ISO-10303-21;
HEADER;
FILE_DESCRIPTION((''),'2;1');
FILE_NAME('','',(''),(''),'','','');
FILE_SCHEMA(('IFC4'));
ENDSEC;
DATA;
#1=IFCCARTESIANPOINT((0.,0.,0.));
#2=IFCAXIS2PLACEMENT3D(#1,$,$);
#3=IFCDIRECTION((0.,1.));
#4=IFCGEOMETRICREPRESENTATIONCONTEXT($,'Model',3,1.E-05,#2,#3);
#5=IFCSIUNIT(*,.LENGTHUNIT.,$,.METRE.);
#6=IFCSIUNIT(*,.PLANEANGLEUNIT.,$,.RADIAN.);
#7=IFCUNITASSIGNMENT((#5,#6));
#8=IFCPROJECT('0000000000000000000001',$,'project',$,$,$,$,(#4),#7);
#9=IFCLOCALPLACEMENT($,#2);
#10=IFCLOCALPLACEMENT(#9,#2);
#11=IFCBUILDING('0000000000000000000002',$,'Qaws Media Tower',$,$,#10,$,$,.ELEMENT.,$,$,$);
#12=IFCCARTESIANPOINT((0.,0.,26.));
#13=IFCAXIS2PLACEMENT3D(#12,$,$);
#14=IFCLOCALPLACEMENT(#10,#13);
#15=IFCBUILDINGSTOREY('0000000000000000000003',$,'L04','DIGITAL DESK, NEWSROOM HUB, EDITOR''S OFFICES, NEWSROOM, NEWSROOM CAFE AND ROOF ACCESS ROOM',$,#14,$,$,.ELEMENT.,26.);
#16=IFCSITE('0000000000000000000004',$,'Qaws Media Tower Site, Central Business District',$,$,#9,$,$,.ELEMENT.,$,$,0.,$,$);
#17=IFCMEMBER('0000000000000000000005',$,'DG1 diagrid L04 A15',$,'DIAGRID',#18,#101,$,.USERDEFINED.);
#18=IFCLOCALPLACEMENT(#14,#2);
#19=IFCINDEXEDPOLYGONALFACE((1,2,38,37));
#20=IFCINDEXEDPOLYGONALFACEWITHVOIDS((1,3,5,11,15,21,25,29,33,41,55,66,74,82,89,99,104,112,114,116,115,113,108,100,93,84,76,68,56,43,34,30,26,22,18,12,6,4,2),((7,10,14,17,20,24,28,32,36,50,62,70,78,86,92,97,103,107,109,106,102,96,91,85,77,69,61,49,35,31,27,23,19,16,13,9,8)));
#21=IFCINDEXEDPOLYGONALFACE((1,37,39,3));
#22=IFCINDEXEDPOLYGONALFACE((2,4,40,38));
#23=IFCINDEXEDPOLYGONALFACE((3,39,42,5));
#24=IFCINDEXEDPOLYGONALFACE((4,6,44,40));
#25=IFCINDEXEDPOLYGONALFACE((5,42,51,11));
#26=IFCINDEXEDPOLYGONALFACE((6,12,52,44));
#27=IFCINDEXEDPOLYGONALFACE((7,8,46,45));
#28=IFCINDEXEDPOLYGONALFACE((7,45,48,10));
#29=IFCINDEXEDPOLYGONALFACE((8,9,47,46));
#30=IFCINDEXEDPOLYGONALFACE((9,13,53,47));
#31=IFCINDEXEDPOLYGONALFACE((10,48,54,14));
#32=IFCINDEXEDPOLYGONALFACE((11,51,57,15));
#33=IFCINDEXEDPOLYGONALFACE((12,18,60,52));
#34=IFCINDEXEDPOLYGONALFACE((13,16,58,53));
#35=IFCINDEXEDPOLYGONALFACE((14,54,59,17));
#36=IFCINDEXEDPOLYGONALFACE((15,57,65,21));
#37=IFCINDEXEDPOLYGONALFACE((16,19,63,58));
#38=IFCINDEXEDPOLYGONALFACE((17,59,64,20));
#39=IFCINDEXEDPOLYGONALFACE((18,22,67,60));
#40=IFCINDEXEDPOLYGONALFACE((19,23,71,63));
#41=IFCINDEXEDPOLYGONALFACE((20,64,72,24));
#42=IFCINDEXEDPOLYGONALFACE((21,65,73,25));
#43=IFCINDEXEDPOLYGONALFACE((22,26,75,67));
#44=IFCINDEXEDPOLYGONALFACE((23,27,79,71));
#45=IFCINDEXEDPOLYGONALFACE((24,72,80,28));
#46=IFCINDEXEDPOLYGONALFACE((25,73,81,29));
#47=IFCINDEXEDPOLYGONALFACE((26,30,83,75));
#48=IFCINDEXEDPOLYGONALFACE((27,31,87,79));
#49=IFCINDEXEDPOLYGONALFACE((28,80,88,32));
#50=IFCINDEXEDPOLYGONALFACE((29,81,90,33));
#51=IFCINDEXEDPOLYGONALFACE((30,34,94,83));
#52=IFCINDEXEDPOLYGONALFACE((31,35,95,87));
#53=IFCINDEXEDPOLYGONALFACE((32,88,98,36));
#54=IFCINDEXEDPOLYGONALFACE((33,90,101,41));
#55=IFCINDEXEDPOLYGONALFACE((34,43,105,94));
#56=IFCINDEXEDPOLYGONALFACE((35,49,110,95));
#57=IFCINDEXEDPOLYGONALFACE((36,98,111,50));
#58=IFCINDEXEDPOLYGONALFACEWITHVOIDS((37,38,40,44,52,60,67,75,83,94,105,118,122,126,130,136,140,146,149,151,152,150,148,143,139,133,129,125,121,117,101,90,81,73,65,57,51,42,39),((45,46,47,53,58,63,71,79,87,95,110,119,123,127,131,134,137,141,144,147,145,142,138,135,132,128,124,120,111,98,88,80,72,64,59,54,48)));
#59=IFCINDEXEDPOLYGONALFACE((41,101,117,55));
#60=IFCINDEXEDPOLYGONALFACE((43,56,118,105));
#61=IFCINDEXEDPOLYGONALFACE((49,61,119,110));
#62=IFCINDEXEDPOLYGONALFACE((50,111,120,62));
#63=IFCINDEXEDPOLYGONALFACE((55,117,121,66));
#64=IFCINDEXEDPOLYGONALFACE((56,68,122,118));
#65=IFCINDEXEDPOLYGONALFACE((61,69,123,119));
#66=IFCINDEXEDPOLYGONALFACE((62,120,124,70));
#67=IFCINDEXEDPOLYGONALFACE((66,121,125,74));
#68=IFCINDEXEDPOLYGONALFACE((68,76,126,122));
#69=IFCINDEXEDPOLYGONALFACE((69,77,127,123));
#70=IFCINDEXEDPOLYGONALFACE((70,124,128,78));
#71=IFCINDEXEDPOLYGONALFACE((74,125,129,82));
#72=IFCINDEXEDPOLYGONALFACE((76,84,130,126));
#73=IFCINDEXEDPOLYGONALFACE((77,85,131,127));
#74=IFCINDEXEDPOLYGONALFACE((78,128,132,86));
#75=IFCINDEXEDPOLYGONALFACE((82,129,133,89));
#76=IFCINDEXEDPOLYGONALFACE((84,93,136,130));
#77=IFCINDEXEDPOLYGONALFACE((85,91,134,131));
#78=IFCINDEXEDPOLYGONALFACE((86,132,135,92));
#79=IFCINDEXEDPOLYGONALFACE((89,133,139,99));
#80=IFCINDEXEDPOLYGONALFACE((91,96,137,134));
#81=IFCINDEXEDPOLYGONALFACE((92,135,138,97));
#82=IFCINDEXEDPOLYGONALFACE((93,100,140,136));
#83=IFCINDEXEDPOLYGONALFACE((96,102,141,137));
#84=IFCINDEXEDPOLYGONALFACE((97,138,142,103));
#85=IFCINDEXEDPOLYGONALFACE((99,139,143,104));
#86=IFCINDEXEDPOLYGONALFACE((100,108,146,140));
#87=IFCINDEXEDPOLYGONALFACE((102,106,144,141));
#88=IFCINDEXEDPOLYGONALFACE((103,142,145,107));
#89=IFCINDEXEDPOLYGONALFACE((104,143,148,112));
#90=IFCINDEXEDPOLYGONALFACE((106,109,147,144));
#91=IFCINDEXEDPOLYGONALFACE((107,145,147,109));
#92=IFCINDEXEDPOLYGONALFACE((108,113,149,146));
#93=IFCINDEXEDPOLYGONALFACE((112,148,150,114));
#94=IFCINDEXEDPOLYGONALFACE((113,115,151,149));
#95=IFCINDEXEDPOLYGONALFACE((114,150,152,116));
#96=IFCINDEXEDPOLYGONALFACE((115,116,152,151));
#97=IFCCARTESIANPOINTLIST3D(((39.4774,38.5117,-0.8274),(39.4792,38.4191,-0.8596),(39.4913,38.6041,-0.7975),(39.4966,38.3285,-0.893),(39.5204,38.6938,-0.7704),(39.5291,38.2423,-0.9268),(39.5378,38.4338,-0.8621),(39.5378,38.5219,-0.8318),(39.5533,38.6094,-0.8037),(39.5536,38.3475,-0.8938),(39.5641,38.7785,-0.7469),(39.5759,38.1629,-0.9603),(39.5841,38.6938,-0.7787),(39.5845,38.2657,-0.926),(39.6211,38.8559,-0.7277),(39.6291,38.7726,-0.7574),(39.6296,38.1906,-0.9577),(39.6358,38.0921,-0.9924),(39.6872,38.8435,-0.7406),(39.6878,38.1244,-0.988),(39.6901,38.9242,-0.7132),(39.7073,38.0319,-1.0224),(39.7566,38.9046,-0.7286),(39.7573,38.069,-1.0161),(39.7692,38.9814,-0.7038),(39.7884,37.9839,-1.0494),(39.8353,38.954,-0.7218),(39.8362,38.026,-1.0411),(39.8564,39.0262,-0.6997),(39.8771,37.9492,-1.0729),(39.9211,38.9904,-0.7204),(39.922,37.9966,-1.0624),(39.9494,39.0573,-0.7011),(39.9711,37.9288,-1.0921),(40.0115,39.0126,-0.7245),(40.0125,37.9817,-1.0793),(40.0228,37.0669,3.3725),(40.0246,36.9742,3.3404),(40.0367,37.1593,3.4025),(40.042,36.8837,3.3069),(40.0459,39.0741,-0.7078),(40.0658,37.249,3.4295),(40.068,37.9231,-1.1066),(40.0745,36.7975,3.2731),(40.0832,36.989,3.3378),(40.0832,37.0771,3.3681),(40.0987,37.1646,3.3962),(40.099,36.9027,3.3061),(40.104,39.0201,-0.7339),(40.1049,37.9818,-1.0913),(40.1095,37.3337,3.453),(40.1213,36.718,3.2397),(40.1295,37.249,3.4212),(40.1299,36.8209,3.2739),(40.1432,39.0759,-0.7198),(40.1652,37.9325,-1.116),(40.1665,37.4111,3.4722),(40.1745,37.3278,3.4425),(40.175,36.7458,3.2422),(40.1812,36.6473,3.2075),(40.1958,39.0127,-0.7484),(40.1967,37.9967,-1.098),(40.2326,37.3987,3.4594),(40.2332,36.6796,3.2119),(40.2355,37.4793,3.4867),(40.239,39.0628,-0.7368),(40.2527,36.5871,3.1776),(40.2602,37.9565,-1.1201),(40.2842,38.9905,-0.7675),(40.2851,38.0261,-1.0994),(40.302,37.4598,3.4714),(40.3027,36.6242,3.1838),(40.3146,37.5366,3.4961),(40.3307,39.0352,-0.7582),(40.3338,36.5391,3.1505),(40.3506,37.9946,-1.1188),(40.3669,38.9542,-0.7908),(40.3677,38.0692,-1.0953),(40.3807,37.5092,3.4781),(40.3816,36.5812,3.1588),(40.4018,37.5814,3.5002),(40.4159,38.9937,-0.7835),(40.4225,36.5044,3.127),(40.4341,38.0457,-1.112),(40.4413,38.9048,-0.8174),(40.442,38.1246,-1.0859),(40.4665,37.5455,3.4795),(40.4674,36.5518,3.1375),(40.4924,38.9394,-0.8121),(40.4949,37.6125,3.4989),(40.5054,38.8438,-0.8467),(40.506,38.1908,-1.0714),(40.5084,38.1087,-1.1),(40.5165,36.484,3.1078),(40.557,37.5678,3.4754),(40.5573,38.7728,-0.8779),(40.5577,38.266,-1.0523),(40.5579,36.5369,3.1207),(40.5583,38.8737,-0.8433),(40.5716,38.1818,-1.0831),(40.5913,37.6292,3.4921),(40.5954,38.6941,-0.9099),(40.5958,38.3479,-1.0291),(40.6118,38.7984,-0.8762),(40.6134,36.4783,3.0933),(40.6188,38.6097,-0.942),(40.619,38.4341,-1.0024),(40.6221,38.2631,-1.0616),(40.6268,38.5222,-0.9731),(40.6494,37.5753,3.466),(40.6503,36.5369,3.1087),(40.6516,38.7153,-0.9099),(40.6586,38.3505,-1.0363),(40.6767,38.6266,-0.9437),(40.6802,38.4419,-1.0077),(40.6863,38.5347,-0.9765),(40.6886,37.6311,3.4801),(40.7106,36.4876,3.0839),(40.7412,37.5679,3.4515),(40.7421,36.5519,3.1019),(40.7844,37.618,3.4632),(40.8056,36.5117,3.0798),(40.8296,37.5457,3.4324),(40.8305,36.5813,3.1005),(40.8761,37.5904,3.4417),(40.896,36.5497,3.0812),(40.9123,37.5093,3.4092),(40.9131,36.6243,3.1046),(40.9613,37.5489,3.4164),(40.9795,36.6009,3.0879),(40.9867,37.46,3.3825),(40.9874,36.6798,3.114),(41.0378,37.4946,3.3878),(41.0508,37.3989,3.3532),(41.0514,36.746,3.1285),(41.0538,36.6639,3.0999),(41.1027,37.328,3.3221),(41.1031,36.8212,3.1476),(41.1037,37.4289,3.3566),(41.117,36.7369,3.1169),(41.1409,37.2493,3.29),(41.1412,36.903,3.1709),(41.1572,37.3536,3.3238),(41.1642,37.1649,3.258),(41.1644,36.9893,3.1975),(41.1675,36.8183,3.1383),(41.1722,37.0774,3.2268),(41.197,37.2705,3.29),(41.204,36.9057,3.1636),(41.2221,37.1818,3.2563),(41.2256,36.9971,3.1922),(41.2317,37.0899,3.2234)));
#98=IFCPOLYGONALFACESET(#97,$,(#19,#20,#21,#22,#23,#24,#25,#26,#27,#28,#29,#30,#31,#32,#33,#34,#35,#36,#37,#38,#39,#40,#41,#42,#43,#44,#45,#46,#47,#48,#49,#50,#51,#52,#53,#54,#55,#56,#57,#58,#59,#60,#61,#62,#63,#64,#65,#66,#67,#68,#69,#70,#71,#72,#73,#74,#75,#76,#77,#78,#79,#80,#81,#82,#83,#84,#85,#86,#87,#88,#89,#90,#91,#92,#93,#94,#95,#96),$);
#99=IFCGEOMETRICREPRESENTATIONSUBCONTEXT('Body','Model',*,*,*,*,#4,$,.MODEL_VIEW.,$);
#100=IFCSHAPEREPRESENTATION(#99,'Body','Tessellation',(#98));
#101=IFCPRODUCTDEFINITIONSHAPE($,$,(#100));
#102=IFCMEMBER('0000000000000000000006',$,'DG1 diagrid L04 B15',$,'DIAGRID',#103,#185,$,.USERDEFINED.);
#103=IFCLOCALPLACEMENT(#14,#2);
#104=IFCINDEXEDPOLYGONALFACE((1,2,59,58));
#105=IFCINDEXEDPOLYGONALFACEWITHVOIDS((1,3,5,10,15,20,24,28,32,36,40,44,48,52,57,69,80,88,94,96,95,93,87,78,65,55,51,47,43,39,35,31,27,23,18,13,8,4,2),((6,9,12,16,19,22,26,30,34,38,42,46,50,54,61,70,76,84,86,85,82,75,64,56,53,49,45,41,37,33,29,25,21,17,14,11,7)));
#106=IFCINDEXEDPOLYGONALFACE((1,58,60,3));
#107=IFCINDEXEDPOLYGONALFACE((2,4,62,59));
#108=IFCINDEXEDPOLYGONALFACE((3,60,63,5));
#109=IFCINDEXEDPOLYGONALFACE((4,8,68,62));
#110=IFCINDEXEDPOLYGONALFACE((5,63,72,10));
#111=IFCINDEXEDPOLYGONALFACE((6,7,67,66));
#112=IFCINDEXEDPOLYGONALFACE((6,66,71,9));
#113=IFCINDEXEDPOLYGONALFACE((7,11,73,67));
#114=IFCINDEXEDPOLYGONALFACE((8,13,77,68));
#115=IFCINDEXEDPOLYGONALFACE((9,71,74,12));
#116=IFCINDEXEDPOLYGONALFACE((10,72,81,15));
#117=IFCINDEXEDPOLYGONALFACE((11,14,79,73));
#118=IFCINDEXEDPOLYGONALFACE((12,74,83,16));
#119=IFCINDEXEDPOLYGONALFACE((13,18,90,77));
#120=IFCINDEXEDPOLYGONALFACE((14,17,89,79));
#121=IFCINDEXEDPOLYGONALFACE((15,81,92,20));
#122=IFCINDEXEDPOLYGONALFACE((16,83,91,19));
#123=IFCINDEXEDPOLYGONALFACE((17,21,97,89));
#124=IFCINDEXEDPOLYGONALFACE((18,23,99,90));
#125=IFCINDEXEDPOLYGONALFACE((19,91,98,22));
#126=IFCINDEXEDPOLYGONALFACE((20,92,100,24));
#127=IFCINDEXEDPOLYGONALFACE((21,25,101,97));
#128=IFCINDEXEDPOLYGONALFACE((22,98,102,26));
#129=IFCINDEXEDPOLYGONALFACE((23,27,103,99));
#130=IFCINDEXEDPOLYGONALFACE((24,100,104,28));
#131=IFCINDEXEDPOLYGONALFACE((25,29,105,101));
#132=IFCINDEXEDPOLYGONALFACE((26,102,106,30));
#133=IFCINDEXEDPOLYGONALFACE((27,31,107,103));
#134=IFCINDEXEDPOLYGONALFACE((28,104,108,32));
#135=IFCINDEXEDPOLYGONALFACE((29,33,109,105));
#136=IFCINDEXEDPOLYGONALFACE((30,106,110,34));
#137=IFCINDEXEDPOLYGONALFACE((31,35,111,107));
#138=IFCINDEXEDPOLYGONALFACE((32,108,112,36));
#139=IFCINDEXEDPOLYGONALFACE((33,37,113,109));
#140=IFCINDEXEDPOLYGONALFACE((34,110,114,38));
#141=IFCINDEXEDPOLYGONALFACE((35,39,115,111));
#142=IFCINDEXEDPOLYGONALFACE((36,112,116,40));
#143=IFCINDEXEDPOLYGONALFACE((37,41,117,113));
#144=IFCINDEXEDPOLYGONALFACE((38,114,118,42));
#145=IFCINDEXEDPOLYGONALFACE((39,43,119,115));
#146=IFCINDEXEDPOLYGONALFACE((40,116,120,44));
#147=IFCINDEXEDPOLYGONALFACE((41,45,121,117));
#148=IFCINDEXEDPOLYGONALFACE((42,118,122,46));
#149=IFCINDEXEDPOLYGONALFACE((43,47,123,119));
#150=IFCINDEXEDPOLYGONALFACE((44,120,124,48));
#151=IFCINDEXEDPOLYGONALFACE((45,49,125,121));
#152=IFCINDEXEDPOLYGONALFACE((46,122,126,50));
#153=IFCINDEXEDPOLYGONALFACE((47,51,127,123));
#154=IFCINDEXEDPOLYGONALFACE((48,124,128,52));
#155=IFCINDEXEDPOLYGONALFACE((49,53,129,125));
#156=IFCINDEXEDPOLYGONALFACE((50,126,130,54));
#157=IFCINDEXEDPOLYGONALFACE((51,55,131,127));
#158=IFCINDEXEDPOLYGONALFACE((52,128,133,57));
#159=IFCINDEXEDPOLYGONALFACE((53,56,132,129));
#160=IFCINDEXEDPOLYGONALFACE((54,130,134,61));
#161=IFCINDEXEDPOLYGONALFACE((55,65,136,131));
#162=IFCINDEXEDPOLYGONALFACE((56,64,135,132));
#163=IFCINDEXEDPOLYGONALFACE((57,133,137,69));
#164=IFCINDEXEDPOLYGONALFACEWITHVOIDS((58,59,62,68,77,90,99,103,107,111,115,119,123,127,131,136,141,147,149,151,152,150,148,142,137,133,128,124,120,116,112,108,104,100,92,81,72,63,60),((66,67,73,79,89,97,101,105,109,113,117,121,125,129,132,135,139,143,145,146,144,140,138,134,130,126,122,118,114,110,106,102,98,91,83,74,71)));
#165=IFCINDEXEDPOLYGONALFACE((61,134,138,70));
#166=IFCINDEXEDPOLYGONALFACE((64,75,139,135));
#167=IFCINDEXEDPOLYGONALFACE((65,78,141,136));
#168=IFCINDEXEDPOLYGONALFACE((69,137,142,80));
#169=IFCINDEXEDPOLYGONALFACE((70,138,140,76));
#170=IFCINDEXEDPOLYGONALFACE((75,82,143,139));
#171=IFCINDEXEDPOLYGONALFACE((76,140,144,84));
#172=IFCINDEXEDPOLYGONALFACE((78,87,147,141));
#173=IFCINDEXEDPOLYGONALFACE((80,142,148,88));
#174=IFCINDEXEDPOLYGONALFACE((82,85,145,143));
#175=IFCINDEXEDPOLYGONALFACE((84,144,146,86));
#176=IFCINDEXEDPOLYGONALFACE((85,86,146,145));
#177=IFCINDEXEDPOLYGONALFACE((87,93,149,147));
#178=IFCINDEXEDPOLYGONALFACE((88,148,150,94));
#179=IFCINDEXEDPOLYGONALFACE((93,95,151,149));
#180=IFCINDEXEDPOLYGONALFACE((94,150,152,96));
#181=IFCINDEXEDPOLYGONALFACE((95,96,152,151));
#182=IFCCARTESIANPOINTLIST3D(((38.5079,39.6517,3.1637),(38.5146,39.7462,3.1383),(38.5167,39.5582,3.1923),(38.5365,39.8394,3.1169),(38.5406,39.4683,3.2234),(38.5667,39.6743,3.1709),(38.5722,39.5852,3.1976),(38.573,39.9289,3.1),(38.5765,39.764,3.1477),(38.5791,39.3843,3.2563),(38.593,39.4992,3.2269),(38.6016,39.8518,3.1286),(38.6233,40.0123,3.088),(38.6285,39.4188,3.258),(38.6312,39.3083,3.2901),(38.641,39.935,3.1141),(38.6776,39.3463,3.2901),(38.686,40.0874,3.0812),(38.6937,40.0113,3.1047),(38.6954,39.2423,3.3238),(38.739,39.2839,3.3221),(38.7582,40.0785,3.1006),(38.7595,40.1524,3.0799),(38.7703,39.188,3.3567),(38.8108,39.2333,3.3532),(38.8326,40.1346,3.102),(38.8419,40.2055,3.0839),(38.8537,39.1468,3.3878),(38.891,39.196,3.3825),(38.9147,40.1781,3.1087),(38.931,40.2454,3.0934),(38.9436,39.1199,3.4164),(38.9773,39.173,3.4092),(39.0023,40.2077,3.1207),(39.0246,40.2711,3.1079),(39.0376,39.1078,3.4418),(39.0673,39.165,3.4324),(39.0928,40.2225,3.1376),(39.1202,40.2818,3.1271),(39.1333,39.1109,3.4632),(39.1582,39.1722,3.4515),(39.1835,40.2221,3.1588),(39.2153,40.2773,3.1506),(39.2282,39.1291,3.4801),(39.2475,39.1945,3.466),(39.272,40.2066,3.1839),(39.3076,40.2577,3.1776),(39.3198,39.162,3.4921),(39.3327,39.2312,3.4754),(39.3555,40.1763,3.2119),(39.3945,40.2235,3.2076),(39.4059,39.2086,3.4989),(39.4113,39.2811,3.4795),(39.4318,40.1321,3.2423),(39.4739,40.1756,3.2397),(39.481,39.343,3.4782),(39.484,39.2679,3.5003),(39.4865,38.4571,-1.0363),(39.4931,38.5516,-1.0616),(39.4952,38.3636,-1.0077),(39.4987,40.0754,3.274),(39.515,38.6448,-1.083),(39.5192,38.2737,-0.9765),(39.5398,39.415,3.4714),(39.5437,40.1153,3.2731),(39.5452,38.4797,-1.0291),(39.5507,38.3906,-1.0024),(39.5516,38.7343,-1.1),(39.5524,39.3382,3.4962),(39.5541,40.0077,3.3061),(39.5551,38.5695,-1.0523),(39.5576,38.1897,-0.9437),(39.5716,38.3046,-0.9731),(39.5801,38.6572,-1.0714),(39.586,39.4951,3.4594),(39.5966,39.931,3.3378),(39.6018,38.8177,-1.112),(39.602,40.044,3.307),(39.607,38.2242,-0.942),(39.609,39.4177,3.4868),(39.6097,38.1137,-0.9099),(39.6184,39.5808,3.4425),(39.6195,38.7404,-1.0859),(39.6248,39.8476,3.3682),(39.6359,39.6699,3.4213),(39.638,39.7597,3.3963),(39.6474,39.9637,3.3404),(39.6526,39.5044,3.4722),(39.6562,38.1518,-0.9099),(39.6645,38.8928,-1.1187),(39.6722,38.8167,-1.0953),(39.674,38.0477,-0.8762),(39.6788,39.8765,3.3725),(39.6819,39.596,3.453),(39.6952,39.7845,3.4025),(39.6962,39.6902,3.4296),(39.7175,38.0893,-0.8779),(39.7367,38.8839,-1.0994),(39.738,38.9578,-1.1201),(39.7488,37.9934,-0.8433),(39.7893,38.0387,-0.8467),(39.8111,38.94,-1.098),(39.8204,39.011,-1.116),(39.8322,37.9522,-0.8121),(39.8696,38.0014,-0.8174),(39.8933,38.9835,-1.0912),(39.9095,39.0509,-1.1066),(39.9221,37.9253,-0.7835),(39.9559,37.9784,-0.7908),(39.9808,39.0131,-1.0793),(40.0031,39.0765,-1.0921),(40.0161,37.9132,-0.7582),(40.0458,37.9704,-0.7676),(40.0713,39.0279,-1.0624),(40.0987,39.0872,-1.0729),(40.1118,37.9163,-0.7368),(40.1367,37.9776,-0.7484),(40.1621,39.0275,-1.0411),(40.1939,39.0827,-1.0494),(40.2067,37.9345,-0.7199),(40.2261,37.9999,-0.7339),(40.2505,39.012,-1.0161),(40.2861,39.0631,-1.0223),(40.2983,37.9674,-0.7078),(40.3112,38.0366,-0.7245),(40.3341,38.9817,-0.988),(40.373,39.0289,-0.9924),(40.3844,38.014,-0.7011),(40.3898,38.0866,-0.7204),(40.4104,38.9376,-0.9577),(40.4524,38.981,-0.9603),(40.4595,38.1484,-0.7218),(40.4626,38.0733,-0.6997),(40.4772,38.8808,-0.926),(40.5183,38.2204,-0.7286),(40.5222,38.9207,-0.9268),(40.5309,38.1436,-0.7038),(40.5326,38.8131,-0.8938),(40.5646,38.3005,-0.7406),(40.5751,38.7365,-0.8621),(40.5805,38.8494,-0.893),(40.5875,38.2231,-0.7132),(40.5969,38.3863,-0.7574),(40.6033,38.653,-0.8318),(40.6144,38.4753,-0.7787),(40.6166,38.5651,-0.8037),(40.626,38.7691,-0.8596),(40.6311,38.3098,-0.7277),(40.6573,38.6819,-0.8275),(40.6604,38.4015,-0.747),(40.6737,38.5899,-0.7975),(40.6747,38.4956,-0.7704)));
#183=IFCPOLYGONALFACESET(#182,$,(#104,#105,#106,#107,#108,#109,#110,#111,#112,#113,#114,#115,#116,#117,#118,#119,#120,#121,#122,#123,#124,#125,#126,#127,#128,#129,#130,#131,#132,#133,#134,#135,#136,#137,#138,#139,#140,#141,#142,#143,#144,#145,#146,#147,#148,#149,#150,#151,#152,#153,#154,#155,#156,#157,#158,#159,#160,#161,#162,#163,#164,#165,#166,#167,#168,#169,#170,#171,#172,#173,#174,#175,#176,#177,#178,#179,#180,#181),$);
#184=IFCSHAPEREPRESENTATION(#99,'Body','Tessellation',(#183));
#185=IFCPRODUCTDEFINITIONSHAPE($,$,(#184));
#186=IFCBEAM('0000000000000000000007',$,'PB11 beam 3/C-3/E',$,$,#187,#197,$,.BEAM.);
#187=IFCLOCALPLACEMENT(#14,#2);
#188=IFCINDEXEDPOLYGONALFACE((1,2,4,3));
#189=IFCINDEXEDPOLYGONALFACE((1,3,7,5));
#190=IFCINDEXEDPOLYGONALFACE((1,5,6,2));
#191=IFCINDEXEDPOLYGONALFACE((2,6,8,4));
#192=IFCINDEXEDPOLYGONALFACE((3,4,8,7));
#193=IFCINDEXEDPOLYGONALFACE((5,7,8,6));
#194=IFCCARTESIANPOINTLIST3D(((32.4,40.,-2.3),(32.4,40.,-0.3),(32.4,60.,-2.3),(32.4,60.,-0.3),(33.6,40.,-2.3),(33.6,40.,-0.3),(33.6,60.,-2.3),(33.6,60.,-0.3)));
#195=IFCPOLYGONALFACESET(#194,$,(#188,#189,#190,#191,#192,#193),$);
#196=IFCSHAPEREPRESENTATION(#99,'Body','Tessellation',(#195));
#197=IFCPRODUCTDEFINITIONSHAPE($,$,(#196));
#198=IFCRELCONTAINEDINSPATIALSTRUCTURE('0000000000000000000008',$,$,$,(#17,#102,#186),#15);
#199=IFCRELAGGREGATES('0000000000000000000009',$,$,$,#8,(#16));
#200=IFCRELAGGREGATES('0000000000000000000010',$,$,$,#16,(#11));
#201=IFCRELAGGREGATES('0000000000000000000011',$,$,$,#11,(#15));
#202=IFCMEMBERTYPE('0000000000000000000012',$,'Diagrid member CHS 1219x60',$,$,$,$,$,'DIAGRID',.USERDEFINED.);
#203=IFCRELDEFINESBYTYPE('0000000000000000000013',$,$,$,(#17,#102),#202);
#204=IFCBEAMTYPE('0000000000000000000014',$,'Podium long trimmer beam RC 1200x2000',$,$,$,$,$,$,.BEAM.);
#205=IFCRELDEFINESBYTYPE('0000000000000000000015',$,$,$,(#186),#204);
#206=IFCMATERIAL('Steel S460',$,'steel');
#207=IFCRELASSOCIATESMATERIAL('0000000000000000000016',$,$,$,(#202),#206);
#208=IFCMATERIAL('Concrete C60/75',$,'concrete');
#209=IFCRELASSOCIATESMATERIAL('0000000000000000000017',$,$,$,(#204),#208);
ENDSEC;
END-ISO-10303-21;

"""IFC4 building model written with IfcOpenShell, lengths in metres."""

from ifc_helpers import new_model, si_unit, direction, frame, origin, origin_2d, place, context, subcontext, project, spatial, rectangle, hollow_circle, extrude, material, material_profile, profile_set, type_object, element, save


model = new_model("IFC4")

# Units and contexts
model_context = context("Model", 3, precision=1e-05, world=origin(), true_north=direction((0.0, 1.0)))
body_context = subcontext(model_context, "Body", "Model", "MODEL_VIEW")
ifc_project = project(units=[si_unit("LENGTHUNIT", "METRE"), si_unit("PLANEANGLEUNIT", "RADIAN")], contexts=[model_context])

# Site, building, storey
site_placement = place(None, origin())
site = spatial("IfcSite", under=ifc_project, at=site_placement, Name="Qaws Media Tower Site, Central Business District", CompositionType="ELEMENT", RefElevation=0.0)
building_placement = place(site_placement, origin())
building = spatial("IfcBuilding", under=site, at=building_placement, Name="Qaws Media Tower", CompositionType="ELEMENT")
storey_placement = place(building_placement, frame((0.0, 0.0, 26.0)))
storey = spatial("IfcBuildingStorey", under=building, at=storey_placement, Name="L04", Description="DIGITAL DESK, NEWSROOM HUB, EDITOR'S OFFICES, NEWSROOM, NEWSROOM CAFE AND ROOF ACCESS ROOM", CompositionType="ELEMENT", Elevation=26.0)

# Members
ifc_material_1 = material(Name="Steel S460", Category="steel")
ifc_material_profile_1 = material_profile(ifc_material_1, hollow_circle(Radius=0.6096, WallThickness=0.0601, at=origin_2d()), Name="CHS 1219x60")
ifc_profile_set_1 = profile_set([ifc_material_profile_1], Name="Steel S460")
member_type_1 = type_object("IfcMemberType", Name="Diagrid member CHS 1219x60", ElementType="DIAGRID", PredefinedType="USERDEFINED", material=ifc_profile_set_1)
for number, where, z_axis, x_axis, name in (
    (1, (40.0813, 38.5, -0.9099), (0.121883, -0.322874, 0.938561), (0.93556, 0.353167, 0.0), "DG1 diagrid L04 A15"),
    (2, (40.0813, 38.5, -0.9099), (-0.218671, 0.266955, 0.938572), (-0.773598, -0.633677, 0.0), "DG1 diagrid L04 B15"),
):
    element("IfcMember", number, at=place(storey_placement, frame(where, z_axis=z_axis, x_axis=x_axis)), inside=storey, type_object=member_type_1, Name=name, ObjectType="DIAGRID", PredefinedType="USERDEFINED", context=body_context, shape_type="SweptSolid", body=[
        extrude(hollow_circle(Radius=0.6096, WallThickness=0.0601, at=origin_2d()), origin(), (0.0, 0.0, 1.0), 4.4749),
    ])

# Beam
ifc_material_2 = material(Name="Concrete C60/75", Category="concrete")
ifc_material_profile_2 = material_profile(ifc_material_2, rectangle(XDim=1.2, YDim=2.0, at=origin_2d()), Name="RC 1200x2000")
ifc_profile_set_2 = profile_set([ifc_material_profile_2], Name="Concrete C60/75")
beam_type_1 = type_object("IfcBeamType", Name="Podium long trimmer beam RC 1200x2000", PredefinedType="BEAM", material=ifc_profile_set_2)
beam_1_placement = place(storey_placement, frame((33.0, 40.0, -1.3), z_axis=(0.0, 1.0, 0.0), x_axis=(-1.0, 0.0, 0.0)))
element("IfcBeam", 3, at=beam_1_placement, inside=storey, type_object=beam_type_1, Name="PB11 beam 3/C-3/E", PredefinedType="BEAM", context=body_context, shape_type="SweptSolid", body=[
    extrude(rectangle(XDim=1.2, YDim=2.0, at=origin_2d()), origin(), (0.0, 0.0, 1.0), 20.0),
])

save(model, "model.ifc")
